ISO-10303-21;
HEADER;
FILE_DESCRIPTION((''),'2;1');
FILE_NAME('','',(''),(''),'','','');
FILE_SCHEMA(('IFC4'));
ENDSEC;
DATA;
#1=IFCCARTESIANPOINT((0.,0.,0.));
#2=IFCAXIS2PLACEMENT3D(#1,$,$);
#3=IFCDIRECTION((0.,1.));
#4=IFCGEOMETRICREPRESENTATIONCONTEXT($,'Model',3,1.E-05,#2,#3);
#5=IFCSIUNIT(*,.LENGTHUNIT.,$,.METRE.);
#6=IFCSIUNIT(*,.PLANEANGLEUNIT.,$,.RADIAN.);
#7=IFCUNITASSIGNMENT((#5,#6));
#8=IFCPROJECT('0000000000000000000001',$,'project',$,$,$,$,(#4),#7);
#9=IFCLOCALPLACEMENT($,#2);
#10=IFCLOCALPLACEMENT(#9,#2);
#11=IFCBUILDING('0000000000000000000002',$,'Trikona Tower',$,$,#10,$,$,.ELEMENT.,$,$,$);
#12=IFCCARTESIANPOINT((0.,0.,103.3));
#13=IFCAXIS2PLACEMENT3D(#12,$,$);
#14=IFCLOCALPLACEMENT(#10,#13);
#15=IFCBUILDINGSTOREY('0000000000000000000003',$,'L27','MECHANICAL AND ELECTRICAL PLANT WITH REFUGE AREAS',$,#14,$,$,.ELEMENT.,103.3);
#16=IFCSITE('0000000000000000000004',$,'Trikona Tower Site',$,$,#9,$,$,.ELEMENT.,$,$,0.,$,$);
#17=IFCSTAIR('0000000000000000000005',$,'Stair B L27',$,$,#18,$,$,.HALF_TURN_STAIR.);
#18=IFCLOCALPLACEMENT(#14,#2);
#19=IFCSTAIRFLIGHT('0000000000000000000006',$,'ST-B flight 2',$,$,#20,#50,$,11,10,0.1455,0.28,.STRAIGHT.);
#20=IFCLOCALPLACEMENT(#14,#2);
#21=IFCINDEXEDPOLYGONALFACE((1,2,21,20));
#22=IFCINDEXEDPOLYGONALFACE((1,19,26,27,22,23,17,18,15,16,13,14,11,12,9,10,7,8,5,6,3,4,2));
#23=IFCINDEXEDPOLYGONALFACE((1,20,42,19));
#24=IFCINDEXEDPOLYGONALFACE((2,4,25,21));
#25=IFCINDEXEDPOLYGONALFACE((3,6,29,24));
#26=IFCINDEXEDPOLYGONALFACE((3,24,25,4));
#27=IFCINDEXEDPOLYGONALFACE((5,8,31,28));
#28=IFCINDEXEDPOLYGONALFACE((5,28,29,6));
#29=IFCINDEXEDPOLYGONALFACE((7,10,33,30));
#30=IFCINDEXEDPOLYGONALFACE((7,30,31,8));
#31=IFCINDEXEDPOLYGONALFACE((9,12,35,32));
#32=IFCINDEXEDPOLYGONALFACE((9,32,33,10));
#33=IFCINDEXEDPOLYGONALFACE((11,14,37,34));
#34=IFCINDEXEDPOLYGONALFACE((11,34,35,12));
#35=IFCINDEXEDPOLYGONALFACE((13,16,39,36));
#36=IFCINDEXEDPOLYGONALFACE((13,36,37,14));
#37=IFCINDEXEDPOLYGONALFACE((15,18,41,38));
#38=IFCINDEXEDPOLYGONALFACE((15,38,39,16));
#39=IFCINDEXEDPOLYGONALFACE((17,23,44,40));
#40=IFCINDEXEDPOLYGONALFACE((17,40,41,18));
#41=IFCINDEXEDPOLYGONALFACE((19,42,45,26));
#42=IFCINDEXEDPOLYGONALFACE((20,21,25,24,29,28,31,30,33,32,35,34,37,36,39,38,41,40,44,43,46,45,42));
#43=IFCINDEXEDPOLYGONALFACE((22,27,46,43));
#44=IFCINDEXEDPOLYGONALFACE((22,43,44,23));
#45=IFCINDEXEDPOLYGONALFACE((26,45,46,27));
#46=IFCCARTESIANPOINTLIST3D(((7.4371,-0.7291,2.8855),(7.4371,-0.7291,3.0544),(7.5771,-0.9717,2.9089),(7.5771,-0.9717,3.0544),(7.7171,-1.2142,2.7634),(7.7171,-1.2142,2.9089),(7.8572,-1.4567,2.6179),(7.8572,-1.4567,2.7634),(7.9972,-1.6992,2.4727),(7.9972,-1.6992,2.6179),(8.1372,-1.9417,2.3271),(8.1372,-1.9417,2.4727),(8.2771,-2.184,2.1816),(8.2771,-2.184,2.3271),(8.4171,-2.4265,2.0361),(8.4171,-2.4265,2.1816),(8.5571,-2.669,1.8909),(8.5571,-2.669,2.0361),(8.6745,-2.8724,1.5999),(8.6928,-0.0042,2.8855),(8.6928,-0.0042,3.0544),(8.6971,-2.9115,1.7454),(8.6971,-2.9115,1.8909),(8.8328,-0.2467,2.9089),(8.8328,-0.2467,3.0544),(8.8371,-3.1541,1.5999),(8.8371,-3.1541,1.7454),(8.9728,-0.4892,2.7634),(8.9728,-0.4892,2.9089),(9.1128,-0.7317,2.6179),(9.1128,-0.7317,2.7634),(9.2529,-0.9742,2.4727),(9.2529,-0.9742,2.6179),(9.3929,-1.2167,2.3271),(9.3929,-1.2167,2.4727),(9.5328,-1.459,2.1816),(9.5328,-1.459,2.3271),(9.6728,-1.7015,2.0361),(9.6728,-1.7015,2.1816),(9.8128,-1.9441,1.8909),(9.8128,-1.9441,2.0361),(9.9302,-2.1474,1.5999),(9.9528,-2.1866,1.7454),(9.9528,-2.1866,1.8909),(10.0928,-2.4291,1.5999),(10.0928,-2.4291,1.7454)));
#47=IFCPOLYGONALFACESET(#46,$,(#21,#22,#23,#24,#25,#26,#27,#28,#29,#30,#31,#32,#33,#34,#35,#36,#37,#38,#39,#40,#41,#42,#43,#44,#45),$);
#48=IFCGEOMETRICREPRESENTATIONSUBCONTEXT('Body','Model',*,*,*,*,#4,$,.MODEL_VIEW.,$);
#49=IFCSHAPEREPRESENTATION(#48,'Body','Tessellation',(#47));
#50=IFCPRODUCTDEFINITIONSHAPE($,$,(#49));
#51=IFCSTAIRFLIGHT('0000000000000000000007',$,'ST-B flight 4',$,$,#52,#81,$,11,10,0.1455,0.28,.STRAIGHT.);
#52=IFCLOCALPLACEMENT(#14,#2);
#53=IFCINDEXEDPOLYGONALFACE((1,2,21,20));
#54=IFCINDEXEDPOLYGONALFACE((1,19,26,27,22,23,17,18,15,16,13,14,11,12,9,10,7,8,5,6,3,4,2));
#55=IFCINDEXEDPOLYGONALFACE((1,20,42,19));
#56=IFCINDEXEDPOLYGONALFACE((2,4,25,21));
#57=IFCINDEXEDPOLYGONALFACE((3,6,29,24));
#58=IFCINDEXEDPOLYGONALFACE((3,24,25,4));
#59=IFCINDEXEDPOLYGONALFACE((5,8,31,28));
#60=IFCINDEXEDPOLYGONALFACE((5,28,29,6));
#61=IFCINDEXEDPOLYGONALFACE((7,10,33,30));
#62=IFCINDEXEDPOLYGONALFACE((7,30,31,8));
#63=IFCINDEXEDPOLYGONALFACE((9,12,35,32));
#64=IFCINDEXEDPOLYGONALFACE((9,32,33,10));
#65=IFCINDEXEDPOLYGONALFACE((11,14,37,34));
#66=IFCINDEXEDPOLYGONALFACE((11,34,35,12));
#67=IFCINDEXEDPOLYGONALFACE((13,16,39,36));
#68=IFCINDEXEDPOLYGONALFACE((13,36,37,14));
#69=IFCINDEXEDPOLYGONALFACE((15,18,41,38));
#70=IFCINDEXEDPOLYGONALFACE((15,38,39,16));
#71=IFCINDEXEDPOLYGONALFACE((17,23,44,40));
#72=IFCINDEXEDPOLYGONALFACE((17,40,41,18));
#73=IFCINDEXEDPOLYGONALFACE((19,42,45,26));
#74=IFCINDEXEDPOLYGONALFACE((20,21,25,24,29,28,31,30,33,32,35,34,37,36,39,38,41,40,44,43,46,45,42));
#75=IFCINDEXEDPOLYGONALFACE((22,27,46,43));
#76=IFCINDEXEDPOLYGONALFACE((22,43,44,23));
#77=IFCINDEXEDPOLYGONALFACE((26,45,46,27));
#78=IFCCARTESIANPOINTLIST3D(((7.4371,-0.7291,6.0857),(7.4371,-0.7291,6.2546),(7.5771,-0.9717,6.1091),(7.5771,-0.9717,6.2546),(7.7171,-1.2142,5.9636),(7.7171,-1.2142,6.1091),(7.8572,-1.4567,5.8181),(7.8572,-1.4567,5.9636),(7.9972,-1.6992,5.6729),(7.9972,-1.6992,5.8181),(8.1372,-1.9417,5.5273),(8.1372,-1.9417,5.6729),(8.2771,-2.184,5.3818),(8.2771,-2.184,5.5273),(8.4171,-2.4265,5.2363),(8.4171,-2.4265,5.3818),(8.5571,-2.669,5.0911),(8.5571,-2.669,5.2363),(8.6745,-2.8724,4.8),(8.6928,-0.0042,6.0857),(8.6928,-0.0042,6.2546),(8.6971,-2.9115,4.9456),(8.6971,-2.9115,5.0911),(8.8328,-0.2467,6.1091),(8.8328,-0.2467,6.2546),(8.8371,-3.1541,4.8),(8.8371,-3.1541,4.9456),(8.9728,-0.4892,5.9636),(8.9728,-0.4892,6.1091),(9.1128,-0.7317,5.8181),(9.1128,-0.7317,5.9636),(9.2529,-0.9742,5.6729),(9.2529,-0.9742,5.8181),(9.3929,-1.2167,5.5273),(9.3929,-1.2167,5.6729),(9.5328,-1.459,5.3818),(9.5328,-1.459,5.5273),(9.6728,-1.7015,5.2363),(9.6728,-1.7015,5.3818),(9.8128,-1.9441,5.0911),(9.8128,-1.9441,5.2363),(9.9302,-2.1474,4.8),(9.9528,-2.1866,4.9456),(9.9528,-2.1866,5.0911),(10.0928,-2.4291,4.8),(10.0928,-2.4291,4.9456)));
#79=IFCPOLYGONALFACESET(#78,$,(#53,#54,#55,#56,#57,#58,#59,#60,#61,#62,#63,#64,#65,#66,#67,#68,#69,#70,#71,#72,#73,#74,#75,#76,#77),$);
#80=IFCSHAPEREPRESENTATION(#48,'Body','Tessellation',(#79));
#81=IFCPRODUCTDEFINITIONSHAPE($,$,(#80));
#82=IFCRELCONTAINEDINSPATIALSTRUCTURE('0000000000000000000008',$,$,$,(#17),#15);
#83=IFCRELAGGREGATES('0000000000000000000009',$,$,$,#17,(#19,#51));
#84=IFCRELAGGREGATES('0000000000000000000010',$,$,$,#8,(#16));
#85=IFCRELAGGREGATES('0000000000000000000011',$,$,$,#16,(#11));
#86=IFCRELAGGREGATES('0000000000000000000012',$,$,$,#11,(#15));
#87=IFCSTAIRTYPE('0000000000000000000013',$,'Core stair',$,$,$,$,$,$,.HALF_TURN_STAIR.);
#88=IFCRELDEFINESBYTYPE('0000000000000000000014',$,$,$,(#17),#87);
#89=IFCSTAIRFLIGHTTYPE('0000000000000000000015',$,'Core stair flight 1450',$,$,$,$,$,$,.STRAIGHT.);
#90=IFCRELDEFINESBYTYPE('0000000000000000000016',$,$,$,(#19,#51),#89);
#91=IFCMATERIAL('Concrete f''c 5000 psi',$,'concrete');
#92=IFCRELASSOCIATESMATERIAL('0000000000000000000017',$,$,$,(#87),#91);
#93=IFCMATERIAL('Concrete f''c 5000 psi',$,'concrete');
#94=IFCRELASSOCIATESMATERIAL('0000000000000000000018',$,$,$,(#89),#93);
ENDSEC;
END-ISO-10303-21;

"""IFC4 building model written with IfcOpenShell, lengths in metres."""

from ifc_helpers import new_model, si_unit, direction, frame, origin, place, context, subcontext, project, spatial, polyline, outline, extrude, material, type_object, element, aggregate, save


model = new_model("IFC4")

# Units and contexts
model_context = context("Model", 3, precision=1e-05, world=origin(), true_north=direction((0.0, 1.0)))
body_context = subcontext(model_context, "Body", "Model", "MODEL_VIEW")
ifc_project = project(units=[si_unit("LENGTHUNIT", "METRE"), si_unit("PLANEANGLEUNIT", "RADIAN")], contexts=[model_context])

# Site, building, storey
site_placement = place(None, origin())
site = spatial("IfcSite", under=ifc_project, at=site_placement, Name="Trikona Tower Site", CompositionType="ELEMENT", RefElevation=0.0)
building_placement = place(site_placement, origin())
building = spatial("IfcBuilding", under=site, at=building_placement, Name="Trikona Tower", CompositionType="ELEMENT")
storey_placement = place(building_placement, frame((0.0, 0.0, 103.3)))
storey = spatial("IfcBuildingStorey", under=building, at=storey_placement, Name="L27", Description="MECHANICAL AND ELECTRICAL PLANT WITH REFUGE AREAS", CompositionType="ELEMENT", Elevation=103.3)

# Stair, stair flights
ifc_material_1 = material(Name="Concrete f'c 5000 psi", Category="concrete")
stair_type = type_object("IfcStairType", Name="Core stair", PredefinedType="HALF_TURN_STAIR", material=ifc_material_1)
stair_placement = place(storey_placement, origin())
stair = element("IfcStair", 1, at=stair_placement, inside=storey, type_object=stair_type, Name="Stair B L27", PredefinedType="HALF_TURN_STAIR")
ifc_material_2 = material(Name="Concrete f'c 5000 psi", Category="concrete")
stair_flight_type = type_object("IfcStairFlightType", Name="Core stair flight 1450", PredefinedType="STRAIGHT", material=ifc_material_2)
stair_flight_1_placement = place(storey_placement, frame((9.4651, -2.7915, 1.5999), z_axis=(0.0, 0.0, 1.0), x_axis=(-0.5, 0.866025, 0.0)))
stair_flight_1 = element("IfcStairFlight", 2, at=stair_flight_1_placement, type_object=stair_flight_type, Name="ST-B flight 2", NumberOfRisers=11, NumberOfTreads=10, PredefinedType="STRAIGHT", RiserHeight=0.1455, TreadLength=0.28, context=body_context, shape_type="SweptSolid", body=[
    extrude(outline(polyline([(0.0, 0.0), (0.0, 0.1455), (0.28, 0.1455), (0.28, 0.291), (0.5601, 0.291), (0.5601, 0.4363), (0.8401, 0.4363), (0.8401, 0.5818), (1.1201, 0.5818), (1.1201, 0.7273), (1.3999, 0.7273), (1.3999, 0.8728), (1.6799, 0.8728), (1.6799, 1.0181), (1.96, 1.0181), (1.96, 1.1636), (2.24, 1.1636), (2.24, 1.3091), (2.52, 1.3091), (2.52, 1.4546), (2.8, 1.4546), (2.8, 1.6001), (2.8, 1.2856), (0.3252, 0.0), (0.0, 0.0)])), frame((0.0, 0.7251, 0.0), z_axis=(0.0, -1.0, 0.0), x_axis=(1.0, 0.0, 0.0)), (0.0, 0.0, 1.0), 1.45),
])
stair_flight_2_placement = place(storey_placement, frame((9.4651, -2.7915, 4.8), z_axis=(0.0, 0.0, 1.0), x_axis=(-0.5, 0.866025, 0.0)))
stair_flight_2 = element("IfcStairFlight", 3, at=stair_flight_2_placement, type_object=stair_flight_type, Name="ST-B flight 4", NumberOfRisers=11, NumberOfTreads=10, PredefinedType="STRAIGHT", RiserHeight=0.1455, TreadLength=0.28, context=body_context, shape_type="SweptSolid", body=[
    extrude(outline(polyline([(0.0, 0.0), (0.0, 0.1455), (0.28, 0.1455), (0.28, 0.291), (0.5601, 0.291), (0.5601, 0.4363), (0.8401, 0.4363), (0.8401, 0.5818), (1.1201, 0.5818), (1.1201, 0.7273), (1.3999, 0.7273), (1.3999, 0.8728), (1.6799, 0.8728), (1.6799, 1.0181), (1.96, 1.0181), (1.96, 1.1636), (2.24, 1.1636), (2.24, 1.3091), (2.52, 1.3091), (2.52, 1.4546), (2.8, 1.4546), (2.8, 1.6001), (2.8, 1.2856), (0.3252, 0.0), (0.0, 0.0)])), frame((0.0, 0.7251, 0.0), z_axis=(0.0, -1.0, 0.0), x_axis=(1.0, 0.0, 0.0)), (0.0, 0.0, 1.0), 1.45),
])
aggregate(stair, [stair_flight_1, stair_flight_2])

save(model, "model.ifc")
